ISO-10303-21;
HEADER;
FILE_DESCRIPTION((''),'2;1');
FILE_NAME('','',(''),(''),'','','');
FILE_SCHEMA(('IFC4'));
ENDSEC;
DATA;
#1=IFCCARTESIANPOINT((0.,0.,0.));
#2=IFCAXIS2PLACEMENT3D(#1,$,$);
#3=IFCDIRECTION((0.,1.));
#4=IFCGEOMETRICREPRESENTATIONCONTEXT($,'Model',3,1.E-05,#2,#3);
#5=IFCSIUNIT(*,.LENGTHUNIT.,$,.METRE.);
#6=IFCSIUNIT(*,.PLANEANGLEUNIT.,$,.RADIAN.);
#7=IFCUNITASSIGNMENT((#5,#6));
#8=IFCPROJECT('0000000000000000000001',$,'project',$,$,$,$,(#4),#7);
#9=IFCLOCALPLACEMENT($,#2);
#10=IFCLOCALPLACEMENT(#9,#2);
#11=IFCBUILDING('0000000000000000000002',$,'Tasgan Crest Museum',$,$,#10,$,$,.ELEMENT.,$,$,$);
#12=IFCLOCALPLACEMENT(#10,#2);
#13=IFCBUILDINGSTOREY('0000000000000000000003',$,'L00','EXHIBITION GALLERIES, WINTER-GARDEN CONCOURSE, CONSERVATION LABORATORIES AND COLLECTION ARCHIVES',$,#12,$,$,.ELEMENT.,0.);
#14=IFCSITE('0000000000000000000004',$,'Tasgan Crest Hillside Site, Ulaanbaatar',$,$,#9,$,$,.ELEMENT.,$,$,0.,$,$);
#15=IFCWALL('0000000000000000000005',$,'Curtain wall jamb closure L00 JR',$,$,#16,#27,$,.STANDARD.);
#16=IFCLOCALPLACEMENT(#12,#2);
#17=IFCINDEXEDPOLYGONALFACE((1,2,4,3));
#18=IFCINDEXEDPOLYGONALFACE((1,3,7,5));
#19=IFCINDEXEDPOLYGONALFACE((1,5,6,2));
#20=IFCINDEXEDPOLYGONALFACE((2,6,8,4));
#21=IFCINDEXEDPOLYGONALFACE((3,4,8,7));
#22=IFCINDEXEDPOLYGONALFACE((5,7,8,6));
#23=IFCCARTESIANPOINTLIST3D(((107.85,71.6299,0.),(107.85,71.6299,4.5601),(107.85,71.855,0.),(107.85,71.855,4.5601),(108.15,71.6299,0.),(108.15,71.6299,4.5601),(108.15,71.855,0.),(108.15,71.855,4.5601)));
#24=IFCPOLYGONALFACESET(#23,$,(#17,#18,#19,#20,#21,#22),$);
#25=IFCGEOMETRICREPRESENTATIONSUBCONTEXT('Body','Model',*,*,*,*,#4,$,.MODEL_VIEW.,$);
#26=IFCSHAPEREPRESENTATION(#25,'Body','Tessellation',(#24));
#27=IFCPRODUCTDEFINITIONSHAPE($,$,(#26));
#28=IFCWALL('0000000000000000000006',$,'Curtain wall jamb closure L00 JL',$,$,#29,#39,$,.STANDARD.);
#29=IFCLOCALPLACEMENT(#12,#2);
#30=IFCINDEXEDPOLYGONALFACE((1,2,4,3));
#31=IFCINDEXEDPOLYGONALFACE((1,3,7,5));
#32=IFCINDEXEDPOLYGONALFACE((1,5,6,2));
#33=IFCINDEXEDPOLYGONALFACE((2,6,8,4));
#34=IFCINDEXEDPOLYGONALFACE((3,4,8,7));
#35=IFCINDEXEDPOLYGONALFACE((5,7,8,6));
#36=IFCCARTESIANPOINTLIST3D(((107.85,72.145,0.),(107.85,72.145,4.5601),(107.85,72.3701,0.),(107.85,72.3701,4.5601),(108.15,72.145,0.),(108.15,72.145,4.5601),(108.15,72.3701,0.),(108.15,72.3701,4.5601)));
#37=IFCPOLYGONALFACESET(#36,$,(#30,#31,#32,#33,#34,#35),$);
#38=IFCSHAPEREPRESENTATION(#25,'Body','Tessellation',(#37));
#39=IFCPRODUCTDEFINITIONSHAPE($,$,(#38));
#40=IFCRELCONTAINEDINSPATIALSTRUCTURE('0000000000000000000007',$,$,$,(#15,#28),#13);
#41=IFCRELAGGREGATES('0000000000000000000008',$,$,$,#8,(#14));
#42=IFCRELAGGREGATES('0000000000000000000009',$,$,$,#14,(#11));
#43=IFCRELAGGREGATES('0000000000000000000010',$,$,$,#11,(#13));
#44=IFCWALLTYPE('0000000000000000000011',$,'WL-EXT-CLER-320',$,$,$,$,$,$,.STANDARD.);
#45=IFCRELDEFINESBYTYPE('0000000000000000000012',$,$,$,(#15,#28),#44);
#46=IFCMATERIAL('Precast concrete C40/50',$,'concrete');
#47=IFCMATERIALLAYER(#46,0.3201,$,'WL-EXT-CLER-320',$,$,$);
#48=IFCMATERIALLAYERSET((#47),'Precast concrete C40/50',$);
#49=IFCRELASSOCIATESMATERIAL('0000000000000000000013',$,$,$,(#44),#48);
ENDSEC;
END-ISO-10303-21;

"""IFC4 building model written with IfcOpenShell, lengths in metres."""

from ifc_helpers import new_model, si_unit, direction, frame, frame_2d, origin, place, context, subcontext, project, spatial, rectangle, extrude, material, layer, layer_set, type_object, element, save


model = new_model("IFC4")

# Units and contexts
model_context = context("Model", 3, precision=1e-05, world=origin(), true_north=direction((0.0, 1.0)))
body_context = subcontext(model_context, "Body", "Model", "MODEL_VIEW")
ifc_project = project(units=[si_unit("LENGTHUNIT", "METRE"), si_unit("PLANEANGLEUNIT", "RADIAN")], contexts=[model_context])

# Site, building, storey
site_placement = place(None, origin())
site = spatial("IfcSite", under=ifc_project, at=site_placement, Name="Tasgan Crest Hillside Site, Ulaanbaatar", CompositionType="ELEMENT", RefElevation=0.0)
building_placement = place(site_placement, origin())
building = spatial("IfcBuilding", under=site, at=building_placement, Name="Tasgan Crest Museum", CompositionType="ELEMENT")
storey_placement = place(building_placement, origin())
storey = spatial("IfcBuildingStorey", under=building, at=storey_placement, Name="L00", Description="EXHIBITION GALLERIES, WINTER-GARDEN CONCOURSE, CONSERVATION LABORATORIES AND COLLECTION ARCHIVES", CompositionType="ELEMENT", Elevation=0.0)

# Walls
ifc_material_1 = material(Name="Precast concrete C40/50", Category="concrete")
ifc_layer_1 = layer(ifc_material_1, 0.3201, Name="WL-EXT-CLER-320")
ifc_layer_set_1 = layer_set([ifc_layer_1], Name="Precast concrete C40/50")
wall_type = type_object("IfcWallType", Name="WL-EXT-CLER-320", PredefinedType="STANDARD", material=ifc_layer_set_1)
for number, where, z_axis, x_axis, name in (
    (1, (108.0, 71.6299, 0.0), (0.0, 0.0, 1.0), (0.0, 1.0, 0.0), "Curtain wall jamb closure L00 JR"),
    (2, (108.0, 72.145, 0.0), (0.0, 0.0, 1.0), (0.0, 1.0, 0.0), "Curtain wall jamb closure L00 JL"),
):
    element("IfcWall", number, at=place(storey_placement, frame(where, z_axis=z_axis, x_axis=x_axis)), inside=storey, type_object=wall_type, Name=name, PredefinedType="STANDARD", context=body_context, shape_type="SweptSolid", body=[
        extrude(rectangle(XDim=0.2251, YDim=0.3, at=frame_2d((0.1125, 0.0))), origin(), (0.0, 0.0, 1.0), 4.5601),
    ])

save(model, "model.ifc")
